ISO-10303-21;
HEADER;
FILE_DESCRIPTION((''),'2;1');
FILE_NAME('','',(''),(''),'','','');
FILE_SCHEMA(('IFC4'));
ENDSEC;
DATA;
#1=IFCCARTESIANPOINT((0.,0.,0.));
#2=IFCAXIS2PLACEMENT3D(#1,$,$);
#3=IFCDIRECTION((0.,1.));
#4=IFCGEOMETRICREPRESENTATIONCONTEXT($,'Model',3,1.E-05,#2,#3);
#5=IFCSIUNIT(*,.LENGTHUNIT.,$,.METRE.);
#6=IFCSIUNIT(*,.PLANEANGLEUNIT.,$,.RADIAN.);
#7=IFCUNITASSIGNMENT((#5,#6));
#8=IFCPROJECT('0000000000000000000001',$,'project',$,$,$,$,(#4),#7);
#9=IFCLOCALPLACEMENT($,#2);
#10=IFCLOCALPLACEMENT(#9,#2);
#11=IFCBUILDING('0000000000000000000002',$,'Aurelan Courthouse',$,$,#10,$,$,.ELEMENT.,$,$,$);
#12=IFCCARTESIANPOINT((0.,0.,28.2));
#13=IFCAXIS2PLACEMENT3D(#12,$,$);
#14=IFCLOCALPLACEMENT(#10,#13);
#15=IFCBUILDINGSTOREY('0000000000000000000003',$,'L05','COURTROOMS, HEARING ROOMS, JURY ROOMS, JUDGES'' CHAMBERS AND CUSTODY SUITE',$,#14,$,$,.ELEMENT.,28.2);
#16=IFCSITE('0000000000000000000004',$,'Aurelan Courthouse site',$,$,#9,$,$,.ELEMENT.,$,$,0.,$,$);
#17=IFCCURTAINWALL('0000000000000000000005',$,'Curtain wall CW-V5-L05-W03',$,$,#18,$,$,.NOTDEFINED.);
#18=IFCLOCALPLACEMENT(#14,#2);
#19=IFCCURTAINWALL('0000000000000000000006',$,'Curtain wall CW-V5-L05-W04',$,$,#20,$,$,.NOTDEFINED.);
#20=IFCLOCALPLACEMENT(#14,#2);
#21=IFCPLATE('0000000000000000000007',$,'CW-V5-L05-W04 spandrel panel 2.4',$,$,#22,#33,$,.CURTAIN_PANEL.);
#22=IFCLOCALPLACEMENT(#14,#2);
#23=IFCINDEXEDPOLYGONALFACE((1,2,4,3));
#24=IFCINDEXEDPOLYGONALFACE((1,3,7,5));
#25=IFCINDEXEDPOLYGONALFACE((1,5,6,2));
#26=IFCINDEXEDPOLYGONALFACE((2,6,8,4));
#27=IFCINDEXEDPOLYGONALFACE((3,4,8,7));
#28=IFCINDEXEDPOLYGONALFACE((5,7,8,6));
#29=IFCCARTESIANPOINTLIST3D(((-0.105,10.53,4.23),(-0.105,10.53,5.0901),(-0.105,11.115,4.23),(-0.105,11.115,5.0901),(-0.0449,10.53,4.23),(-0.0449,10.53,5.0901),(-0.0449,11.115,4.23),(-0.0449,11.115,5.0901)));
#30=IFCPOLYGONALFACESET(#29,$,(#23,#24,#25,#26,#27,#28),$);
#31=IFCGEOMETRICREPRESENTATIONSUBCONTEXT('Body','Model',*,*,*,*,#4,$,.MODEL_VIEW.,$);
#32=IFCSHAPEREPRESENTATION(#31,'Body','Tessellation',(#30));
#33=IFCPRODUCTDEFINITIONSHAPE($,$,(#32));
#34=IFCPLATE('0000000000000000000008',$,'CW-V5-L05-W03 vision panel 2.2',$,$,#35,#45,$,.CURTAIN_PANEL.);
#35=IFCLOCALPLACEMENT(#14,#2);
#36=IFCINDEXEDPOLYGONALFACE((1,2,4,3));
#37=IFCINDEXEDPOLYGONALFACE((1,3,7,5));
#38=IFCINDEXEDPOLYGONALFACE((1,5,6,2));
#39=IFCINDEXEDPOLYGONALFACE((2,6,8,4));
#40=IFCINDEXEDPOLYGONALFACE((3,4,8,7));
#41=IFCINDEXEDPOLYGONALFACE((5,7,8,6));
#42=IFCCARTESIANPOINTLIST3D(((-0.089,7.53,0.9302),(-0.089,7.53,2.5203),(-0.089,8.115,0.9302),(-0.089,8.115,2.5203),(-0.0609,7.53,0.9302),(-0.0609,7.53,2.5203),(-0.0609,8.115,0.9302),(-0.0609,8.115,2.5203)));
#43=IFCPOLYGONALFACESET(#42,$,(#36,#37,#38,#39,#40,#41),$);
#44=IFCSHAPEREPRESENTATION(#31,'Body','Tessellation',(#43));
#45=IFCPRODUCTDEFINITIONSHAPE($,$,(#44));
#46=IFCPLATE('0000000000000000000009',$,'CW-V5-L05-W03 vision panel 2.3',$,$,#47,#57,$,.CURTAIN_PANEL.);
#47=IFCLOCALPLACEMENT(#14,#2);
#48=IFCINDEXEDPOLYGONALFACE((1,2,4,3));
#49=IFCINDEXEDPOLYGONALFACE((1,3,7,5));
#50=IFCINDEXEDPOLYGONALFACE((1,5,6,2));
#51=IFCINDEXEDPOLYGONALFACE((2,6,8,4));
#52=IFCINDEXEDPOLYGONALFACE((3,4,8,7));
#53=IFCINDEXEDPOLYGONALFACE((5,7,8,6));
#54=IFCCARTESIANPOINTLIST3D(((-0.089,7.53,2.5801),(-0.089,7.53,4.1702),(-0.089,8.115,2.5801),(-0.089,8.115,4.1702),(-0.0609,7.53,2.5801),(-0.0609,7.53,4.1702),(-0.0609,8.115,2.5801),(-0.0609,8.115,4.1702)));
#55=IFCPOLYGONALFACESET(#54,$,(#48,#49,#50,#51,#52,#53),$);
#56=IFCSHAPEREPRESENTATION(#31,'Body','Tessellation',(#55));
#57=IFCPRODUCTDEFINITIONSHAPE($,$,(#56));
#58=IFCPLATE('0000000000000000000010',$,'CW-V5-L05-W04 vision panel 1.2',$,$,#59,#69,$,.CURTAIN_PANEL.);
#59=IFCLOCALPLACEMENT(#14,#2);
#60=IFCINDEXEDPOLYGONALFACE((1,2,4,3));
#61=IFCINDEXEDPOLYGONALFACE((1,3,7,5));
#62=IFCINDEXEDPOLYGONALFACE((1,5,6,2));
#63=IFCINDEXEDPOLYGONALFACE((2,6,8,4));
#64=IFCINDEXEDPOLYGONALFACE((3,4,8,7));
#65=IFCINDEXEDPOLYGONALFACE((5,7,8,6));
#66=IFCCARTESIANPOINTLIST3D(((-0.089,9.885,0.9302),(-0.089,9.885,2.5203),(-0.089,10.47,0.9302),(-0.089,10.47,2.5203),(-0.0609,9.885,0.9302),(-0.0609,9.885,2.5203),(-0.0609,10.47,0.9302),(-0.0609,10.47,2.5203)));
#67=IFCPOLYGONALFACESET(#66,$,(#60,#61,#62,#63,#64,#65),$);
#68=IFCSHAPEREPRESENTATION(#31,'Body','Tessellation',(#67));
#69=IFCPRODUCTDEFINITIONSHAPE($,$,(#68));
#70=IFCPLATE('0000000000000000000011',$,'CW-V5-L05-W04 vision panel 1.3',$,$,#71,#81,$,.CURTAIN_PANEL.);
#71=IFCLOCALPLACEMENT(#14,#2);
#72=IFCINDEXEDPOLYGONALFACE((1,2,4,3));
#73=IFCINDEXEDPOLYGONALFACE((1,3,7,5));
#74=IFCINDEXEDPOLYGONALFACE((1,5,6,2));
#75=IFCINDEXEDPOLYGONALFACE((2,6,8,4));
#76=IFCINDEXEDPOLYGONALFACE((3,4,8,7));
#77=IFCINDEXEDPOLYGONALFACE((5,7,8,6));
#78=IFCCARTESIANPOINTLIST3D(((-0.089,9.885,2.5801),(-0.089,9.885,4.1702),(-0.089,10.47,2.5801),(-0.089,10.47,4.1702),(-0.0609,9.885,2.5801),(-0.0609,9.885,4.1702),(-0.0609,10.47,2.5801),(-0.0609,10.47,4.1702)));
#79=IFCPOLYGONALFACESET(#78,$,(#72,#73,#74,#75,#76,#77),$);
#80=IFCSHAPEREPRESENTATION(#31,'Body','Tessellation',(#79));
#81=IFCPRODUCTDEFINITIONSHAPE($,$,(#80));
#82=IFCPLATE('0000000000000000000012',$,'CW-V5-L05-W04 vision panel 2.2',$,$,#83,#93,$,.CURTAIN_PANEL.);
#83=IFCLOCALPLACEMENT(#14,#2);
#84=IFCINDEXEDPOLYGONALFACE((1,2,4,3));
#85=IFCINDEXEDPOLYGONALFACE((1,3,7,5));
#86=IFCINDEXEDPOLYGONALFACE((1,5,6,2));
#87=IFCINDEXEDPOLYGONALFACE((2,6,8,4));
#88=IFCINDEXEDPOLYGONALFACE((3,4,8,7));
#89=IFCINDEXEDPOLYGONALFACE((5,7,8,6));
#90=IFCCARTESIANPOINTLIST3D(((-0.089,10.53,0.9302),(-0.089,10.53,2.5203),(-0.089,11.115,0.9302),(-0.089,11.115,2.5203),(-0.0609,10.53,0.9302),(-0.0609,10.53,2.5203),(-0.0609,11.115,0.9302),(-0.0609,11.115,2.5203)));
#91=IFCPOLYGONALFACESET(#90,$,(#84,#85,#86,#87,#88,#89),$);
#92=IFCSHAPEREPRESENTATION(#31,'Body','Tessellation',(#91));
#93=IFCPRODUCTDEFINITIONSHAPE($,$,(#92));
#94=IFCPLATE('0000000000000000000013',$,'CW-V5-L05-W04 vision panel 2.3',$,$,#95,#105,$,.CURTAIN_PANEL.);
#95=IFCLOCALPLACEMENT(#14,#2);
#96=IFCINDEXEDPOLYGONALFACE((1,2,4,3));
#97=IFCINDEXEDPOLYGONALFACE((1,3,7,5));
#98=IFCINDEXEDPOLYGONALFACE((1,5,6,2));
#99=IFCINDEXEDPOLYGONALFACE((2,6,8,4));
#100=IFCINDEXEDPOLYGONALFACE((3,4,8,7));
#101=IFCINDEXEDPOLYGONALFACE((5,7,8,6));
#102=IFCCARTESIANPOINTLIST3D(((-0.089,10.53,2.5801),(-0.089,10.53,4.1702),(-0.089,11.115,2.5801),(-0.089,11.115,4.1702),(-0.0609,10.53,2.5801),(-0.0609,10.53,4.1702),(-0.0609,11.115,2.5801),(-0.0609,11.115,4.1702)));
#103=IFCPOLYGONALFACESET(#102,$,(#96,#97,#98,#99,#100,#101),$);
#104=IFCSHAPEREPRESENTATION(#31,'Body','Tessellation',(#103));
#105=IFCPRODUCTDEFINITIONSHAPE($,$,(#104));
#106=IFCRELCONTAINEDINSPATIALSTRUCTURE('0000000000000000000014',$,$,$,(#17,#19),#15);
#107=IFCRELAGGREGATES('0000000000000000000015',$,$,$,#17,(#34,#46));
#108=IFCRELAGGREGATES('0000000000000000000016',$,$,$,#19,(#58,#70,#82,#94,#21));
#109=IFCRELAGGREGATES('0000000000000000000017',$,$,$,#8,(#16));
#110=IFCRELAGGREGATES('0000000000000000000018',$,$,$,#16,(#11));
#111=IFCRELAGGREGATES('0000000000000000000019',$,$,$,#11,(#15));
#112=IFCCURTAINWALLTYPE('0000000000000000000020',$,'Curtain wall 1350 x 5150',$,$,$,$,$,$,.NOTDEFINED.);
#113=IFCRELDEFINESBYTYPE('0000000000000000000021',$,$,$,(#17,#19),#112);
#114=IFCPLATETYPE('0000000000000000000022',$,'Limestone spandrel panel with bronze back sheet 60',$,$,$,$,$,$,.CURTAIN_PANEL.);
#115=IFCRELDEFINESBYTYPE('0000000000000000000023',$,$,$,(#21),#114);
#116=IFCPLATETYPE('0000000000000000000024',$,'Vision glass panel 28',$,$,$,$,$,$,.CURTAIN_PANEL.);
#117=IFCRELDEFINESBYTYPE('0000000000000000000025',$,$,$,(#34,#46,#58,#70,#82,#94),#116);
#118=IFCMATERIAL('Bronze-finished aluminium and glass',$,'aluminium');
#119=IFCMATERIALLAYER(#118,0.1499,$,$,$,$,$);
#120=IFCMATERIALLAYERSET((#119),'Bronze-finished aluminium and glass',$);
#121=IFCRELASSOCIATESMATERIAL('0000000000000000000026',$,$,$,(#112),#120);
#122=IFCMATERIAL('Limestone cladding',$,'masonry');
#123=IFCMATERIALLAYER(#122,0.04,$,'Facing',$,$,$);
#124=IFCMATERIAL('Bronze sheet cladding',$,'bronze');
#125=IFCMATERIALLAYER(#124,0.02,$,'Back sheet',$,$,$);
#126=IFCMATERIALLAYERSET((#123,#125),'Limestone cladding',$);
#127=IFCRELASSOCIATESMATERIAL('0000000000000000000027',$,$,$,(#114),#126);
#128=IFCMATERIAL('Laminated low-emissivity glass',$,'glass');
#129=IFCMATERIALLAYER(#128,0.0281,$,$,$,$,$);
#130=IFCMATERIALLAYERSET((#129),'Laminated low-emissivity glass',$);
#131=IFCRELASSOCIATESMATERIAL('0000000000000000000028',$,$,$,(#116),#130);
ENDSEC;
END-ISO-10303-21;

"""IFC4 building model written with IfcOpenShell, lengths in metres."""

from ifc_helpers import new_model, si_unit, direction, frame, origin, origin_2d, place, context, subcontext, project, spatial, rectangle, extrude, material, layer, layer_set, type_object, element, aggregate, save


model = new_model("IFC4")

# Units and contexts
model_context = context("Model", 3, precision=1e-05, world=origin(), true_north=direction((0.0, 1.0)))
body_context = subcontext(model_context, "Body", "Model", "MODEL_VIEW")
ifc_project = project(units=[si_unit("LENGTHUNIT", "METRE"), si_unit("PLANEANGLEUNIT", "RADIAN")], contexts=[model_context])

# Site, building, storey
site_placement = place(None, origin())
site = spatial("IfcSite", under=ifc_project, at=site_placement, Name="Aurelan Courthouse site", CompositionType="ELEMENT", RefElevation=0.0)
building_placement = place(site_placement, origin())
building = spatial("IfcBuilding", under=site, at=building_placement, Name="Aurelan Courthouse", CompositionType="ELEMENT")
storey_placement = place(building_placement, frame((0.0, 0.0, 28.2)))
storey = spatial("IfcBuildingStorey", under=building, at=storey_placement, Name="L05", Description="COURTROOMS, HEARING ROOMS, JURY ROOMS, JUDGES' CHAMBERS AND CUSTODY SUITE", CompositionType="ELEMENT", Elevation=28.2)

# Curtain walls
ifc_material_1 = material(Name="Bronze-finished aluminium and glass", Category="aluminium")
ifc_layer_1 = layer(ifc_material_1, 0.1499)
ifc_layer_set_1 = layer_set([ifc_layer_1], Name="Bronze-finished aluminium and glass")
curtain_wall_type = type_object("IfcCurtainWallType", Name="Curtain wall 1350 x 5150", PredefinedType="NOTDEFINED", material=ifc_layer_set_1)
curtain_wall_1_placement = place(storey_placement, origin())
curtain_wall_1 = element("IfcCurtainWall", 1, at=curtain_wall_1_placement, inside=storey, type_object=curtain_wall_type, Name="Curtain wall CW-V5-L05-W03", PredefinedType="NOTDEFINED")
curtain_wall_2_placement = place(storey_placement, origin())
curtain_wall_2 = element("IfcCurtainWall", 2, at=curtain_wall_2_placement, inside=storey, type_object=curtain_wall_type, Name="Curtain wall CW-V5-L05-W04", PredefinedType="NOTDEFINED")

# Plates
ifc_material_2 = material(Name="Limestone cladding", Category="masonry")
ifc_layer_2 = layer(ifc_material_2, 0.04, Name="Facing")
ifc_material_3 = material(Name="Bronze sheet cladding", Category="bronze")
ifc_layer_3 = layer(ifc_material_3, 0.02, Name="Back sheet")
ifc_layer_set_2 = layer_set([ifc_layer_2, ifc_layer_3], Name="Limestone cladding")
plate_type_1 = type_object("IfcPlateType", Name="Limestone spandrel panel with bronze back sheet 60", PredefinedType="CURTAIN_PANEL", material=ifc_layer_set_2)
plate_1_placement = place(storey_placement, frame((-0.075, 10.8225, 4.23), z_axis=(0.0, 0.0, 1.0), x_axis=(0.0, 1.0, 0.0)))
plate_1 = element("IfcPlate", 3, at=plate_1_placement, type_object=plate_type_1, Name="CW-V5-L05-W04 spandrel panel 2.4", PredefinedType="CURTAIN_PANEL", context=body_context, shape_type="SweptSolid", body=[
    extrude(rectangle(XDim=0.585, YDim=0.0601, at=origin_2d()), origin(), (0.0, 0.0, 1.0), 0.8601),
])
ifc_material_4 = material(Name="Laminated low-emissivity glass", Category="glass")
ifc_layer_4 = layer(ifc_material_4, 0.0281)
ifc_layer_set_3 = layer_set([ifc_layer_4], Name="Laminated low-emissivity glass")
plate_type_2 = type_object("IfcPlateType", Name="Vision glass panel 28", PredefinedType="CURTAIN_PANEL", material=ifc_layer_set_3)
plate_2_placement = place(storey_placement, frame((-0.075, 7.8225, 0.9302), z_axis=(0.0, 0.0, 1.0), x_axis=(0.0, 1.0, 0.0)))
plate_2 = element("IfcPlate", 4, at=plate_2_placement, type_object=plate_type_2, Name="CW-V5-L05-W03 vision panel 2.2", PredefinedType="CURTAIN_PANEL", context=body_context, shape_type="SweptSolid", body=[
    extrude(rectangle(XDim=0.585, YDim=0.0281, at=origin_2d()), origin(), (0.0, 0.0, 1.0), 1.5901),
])
plate_3_placement = place(storey_placement, frame((-0.075, 7.8225, 2.5801), z_axis=(0.0, 0.0, 1.0), x_axis=(0.0, 1.0, 0.0)))
plate_3 = element("IfcPlate", 5, at=plate_3_placement, type_object=plate_type_2, Name="CW-V5-L05-W03 vision panel 2.3", PredefinedType="CURTAIN_PANEL", context=body_context, shape_type="SweptSolid", body=[
    extrude(rectangle(XDim=0.585, YDim=0.0281, at=origin_2d()), origin(), (0.0, 0.0, 1.0), 1.5901),
])
aggregate(curtain_wall_1, [plate_2, plate_3])
plate_4_placement = place(storey_placement, frame((-0.075, 10.1775, 0.9302), z_axis=(0.0, 0.0, 1.0), x_axis=(0.0, 1.0, 0.0)))
plate_4 = element("IfcPlate", 6, at=plate_4_placement, type_object=plate_type_2, Name="CW-V5-L05-W04 vision panel 1.2", PredefinedType="CURTAIN_PANEL", context=body_context, shape_type="SweptSolid", body=[
    extrude(rectangle(XDim=0.585, YDim=0.0281, at=origin_2d()), origin(), (0.0, 0.0, 1.0), 1.5901),
])
plate_5_placement = place(storey_placement, frame((-0.075, 10.1775, 2.5801), z_axis=(0.0, 0.0, 1.0), x_axis=(0.0, 1.0, 0.0)))
plate_5 = element("IfcPlate", 7, at=plate_5_placement, type_object=plate_type_2, Name="CW-V5-L05-W04 vision panel 1.3", PredefinedType="CURTAIN_PANEL", context=body_context, shape_type="SweptSolid", body=[
    extrude(rectangle(XDim=0.585, YDim=0.0281, at=origin_2d()), origin(), (0.0, 0.0, 1.0), 1.5901),
])
plate_6_placement = place(storey_placement, frame((-0.075, 10.8225, 0.9302), z_axis=(0.0, 0.0, 1.0), x_axis=(0.0, 1.0, 0.0)))
plate_6 = element("IfcPlate", 8, at=plate_6_placement, type_object=plate_type_2, Name="CW-V5-L05-W04 vision panel 2.2", PredefinedType="CURTAIN_PANEL", context=body_context, shape_type="SweptSolid", body=[
    extrude(rectangle(XDim=0.585, YDim=0.0281, at=origin_2d()), origin(), (0.0, 0.0, 1.0), 1.5901),
])
plate_7_placement = place(storey_placement, frame((-0.075, 10.8225, 2.5801), z_axis=(0.0, 0.0, 1.0), x_axis=(0.0, 1.0, 0.0)))
plate_7 = element("IfcPlate", 9, at=plate_7_placement, type_object=plate_type_2, Name="CW-V5-L05-W04 vision panel 2.3", PredefinedType="CURTAIN_PANEL", context=body_context, shape_type="SweptSolid", body=[
    extrude(rectangle(XDim=0.585, YDim=0.0281, at=origin_2d()), origin(), (0.0, 0.0, 1.0), 1.5901),
])
aggregate(curtain_wall_2, [plate_4, plate_5, plate_6, plate_7, plate_1])

save(model, "model.ifc")
